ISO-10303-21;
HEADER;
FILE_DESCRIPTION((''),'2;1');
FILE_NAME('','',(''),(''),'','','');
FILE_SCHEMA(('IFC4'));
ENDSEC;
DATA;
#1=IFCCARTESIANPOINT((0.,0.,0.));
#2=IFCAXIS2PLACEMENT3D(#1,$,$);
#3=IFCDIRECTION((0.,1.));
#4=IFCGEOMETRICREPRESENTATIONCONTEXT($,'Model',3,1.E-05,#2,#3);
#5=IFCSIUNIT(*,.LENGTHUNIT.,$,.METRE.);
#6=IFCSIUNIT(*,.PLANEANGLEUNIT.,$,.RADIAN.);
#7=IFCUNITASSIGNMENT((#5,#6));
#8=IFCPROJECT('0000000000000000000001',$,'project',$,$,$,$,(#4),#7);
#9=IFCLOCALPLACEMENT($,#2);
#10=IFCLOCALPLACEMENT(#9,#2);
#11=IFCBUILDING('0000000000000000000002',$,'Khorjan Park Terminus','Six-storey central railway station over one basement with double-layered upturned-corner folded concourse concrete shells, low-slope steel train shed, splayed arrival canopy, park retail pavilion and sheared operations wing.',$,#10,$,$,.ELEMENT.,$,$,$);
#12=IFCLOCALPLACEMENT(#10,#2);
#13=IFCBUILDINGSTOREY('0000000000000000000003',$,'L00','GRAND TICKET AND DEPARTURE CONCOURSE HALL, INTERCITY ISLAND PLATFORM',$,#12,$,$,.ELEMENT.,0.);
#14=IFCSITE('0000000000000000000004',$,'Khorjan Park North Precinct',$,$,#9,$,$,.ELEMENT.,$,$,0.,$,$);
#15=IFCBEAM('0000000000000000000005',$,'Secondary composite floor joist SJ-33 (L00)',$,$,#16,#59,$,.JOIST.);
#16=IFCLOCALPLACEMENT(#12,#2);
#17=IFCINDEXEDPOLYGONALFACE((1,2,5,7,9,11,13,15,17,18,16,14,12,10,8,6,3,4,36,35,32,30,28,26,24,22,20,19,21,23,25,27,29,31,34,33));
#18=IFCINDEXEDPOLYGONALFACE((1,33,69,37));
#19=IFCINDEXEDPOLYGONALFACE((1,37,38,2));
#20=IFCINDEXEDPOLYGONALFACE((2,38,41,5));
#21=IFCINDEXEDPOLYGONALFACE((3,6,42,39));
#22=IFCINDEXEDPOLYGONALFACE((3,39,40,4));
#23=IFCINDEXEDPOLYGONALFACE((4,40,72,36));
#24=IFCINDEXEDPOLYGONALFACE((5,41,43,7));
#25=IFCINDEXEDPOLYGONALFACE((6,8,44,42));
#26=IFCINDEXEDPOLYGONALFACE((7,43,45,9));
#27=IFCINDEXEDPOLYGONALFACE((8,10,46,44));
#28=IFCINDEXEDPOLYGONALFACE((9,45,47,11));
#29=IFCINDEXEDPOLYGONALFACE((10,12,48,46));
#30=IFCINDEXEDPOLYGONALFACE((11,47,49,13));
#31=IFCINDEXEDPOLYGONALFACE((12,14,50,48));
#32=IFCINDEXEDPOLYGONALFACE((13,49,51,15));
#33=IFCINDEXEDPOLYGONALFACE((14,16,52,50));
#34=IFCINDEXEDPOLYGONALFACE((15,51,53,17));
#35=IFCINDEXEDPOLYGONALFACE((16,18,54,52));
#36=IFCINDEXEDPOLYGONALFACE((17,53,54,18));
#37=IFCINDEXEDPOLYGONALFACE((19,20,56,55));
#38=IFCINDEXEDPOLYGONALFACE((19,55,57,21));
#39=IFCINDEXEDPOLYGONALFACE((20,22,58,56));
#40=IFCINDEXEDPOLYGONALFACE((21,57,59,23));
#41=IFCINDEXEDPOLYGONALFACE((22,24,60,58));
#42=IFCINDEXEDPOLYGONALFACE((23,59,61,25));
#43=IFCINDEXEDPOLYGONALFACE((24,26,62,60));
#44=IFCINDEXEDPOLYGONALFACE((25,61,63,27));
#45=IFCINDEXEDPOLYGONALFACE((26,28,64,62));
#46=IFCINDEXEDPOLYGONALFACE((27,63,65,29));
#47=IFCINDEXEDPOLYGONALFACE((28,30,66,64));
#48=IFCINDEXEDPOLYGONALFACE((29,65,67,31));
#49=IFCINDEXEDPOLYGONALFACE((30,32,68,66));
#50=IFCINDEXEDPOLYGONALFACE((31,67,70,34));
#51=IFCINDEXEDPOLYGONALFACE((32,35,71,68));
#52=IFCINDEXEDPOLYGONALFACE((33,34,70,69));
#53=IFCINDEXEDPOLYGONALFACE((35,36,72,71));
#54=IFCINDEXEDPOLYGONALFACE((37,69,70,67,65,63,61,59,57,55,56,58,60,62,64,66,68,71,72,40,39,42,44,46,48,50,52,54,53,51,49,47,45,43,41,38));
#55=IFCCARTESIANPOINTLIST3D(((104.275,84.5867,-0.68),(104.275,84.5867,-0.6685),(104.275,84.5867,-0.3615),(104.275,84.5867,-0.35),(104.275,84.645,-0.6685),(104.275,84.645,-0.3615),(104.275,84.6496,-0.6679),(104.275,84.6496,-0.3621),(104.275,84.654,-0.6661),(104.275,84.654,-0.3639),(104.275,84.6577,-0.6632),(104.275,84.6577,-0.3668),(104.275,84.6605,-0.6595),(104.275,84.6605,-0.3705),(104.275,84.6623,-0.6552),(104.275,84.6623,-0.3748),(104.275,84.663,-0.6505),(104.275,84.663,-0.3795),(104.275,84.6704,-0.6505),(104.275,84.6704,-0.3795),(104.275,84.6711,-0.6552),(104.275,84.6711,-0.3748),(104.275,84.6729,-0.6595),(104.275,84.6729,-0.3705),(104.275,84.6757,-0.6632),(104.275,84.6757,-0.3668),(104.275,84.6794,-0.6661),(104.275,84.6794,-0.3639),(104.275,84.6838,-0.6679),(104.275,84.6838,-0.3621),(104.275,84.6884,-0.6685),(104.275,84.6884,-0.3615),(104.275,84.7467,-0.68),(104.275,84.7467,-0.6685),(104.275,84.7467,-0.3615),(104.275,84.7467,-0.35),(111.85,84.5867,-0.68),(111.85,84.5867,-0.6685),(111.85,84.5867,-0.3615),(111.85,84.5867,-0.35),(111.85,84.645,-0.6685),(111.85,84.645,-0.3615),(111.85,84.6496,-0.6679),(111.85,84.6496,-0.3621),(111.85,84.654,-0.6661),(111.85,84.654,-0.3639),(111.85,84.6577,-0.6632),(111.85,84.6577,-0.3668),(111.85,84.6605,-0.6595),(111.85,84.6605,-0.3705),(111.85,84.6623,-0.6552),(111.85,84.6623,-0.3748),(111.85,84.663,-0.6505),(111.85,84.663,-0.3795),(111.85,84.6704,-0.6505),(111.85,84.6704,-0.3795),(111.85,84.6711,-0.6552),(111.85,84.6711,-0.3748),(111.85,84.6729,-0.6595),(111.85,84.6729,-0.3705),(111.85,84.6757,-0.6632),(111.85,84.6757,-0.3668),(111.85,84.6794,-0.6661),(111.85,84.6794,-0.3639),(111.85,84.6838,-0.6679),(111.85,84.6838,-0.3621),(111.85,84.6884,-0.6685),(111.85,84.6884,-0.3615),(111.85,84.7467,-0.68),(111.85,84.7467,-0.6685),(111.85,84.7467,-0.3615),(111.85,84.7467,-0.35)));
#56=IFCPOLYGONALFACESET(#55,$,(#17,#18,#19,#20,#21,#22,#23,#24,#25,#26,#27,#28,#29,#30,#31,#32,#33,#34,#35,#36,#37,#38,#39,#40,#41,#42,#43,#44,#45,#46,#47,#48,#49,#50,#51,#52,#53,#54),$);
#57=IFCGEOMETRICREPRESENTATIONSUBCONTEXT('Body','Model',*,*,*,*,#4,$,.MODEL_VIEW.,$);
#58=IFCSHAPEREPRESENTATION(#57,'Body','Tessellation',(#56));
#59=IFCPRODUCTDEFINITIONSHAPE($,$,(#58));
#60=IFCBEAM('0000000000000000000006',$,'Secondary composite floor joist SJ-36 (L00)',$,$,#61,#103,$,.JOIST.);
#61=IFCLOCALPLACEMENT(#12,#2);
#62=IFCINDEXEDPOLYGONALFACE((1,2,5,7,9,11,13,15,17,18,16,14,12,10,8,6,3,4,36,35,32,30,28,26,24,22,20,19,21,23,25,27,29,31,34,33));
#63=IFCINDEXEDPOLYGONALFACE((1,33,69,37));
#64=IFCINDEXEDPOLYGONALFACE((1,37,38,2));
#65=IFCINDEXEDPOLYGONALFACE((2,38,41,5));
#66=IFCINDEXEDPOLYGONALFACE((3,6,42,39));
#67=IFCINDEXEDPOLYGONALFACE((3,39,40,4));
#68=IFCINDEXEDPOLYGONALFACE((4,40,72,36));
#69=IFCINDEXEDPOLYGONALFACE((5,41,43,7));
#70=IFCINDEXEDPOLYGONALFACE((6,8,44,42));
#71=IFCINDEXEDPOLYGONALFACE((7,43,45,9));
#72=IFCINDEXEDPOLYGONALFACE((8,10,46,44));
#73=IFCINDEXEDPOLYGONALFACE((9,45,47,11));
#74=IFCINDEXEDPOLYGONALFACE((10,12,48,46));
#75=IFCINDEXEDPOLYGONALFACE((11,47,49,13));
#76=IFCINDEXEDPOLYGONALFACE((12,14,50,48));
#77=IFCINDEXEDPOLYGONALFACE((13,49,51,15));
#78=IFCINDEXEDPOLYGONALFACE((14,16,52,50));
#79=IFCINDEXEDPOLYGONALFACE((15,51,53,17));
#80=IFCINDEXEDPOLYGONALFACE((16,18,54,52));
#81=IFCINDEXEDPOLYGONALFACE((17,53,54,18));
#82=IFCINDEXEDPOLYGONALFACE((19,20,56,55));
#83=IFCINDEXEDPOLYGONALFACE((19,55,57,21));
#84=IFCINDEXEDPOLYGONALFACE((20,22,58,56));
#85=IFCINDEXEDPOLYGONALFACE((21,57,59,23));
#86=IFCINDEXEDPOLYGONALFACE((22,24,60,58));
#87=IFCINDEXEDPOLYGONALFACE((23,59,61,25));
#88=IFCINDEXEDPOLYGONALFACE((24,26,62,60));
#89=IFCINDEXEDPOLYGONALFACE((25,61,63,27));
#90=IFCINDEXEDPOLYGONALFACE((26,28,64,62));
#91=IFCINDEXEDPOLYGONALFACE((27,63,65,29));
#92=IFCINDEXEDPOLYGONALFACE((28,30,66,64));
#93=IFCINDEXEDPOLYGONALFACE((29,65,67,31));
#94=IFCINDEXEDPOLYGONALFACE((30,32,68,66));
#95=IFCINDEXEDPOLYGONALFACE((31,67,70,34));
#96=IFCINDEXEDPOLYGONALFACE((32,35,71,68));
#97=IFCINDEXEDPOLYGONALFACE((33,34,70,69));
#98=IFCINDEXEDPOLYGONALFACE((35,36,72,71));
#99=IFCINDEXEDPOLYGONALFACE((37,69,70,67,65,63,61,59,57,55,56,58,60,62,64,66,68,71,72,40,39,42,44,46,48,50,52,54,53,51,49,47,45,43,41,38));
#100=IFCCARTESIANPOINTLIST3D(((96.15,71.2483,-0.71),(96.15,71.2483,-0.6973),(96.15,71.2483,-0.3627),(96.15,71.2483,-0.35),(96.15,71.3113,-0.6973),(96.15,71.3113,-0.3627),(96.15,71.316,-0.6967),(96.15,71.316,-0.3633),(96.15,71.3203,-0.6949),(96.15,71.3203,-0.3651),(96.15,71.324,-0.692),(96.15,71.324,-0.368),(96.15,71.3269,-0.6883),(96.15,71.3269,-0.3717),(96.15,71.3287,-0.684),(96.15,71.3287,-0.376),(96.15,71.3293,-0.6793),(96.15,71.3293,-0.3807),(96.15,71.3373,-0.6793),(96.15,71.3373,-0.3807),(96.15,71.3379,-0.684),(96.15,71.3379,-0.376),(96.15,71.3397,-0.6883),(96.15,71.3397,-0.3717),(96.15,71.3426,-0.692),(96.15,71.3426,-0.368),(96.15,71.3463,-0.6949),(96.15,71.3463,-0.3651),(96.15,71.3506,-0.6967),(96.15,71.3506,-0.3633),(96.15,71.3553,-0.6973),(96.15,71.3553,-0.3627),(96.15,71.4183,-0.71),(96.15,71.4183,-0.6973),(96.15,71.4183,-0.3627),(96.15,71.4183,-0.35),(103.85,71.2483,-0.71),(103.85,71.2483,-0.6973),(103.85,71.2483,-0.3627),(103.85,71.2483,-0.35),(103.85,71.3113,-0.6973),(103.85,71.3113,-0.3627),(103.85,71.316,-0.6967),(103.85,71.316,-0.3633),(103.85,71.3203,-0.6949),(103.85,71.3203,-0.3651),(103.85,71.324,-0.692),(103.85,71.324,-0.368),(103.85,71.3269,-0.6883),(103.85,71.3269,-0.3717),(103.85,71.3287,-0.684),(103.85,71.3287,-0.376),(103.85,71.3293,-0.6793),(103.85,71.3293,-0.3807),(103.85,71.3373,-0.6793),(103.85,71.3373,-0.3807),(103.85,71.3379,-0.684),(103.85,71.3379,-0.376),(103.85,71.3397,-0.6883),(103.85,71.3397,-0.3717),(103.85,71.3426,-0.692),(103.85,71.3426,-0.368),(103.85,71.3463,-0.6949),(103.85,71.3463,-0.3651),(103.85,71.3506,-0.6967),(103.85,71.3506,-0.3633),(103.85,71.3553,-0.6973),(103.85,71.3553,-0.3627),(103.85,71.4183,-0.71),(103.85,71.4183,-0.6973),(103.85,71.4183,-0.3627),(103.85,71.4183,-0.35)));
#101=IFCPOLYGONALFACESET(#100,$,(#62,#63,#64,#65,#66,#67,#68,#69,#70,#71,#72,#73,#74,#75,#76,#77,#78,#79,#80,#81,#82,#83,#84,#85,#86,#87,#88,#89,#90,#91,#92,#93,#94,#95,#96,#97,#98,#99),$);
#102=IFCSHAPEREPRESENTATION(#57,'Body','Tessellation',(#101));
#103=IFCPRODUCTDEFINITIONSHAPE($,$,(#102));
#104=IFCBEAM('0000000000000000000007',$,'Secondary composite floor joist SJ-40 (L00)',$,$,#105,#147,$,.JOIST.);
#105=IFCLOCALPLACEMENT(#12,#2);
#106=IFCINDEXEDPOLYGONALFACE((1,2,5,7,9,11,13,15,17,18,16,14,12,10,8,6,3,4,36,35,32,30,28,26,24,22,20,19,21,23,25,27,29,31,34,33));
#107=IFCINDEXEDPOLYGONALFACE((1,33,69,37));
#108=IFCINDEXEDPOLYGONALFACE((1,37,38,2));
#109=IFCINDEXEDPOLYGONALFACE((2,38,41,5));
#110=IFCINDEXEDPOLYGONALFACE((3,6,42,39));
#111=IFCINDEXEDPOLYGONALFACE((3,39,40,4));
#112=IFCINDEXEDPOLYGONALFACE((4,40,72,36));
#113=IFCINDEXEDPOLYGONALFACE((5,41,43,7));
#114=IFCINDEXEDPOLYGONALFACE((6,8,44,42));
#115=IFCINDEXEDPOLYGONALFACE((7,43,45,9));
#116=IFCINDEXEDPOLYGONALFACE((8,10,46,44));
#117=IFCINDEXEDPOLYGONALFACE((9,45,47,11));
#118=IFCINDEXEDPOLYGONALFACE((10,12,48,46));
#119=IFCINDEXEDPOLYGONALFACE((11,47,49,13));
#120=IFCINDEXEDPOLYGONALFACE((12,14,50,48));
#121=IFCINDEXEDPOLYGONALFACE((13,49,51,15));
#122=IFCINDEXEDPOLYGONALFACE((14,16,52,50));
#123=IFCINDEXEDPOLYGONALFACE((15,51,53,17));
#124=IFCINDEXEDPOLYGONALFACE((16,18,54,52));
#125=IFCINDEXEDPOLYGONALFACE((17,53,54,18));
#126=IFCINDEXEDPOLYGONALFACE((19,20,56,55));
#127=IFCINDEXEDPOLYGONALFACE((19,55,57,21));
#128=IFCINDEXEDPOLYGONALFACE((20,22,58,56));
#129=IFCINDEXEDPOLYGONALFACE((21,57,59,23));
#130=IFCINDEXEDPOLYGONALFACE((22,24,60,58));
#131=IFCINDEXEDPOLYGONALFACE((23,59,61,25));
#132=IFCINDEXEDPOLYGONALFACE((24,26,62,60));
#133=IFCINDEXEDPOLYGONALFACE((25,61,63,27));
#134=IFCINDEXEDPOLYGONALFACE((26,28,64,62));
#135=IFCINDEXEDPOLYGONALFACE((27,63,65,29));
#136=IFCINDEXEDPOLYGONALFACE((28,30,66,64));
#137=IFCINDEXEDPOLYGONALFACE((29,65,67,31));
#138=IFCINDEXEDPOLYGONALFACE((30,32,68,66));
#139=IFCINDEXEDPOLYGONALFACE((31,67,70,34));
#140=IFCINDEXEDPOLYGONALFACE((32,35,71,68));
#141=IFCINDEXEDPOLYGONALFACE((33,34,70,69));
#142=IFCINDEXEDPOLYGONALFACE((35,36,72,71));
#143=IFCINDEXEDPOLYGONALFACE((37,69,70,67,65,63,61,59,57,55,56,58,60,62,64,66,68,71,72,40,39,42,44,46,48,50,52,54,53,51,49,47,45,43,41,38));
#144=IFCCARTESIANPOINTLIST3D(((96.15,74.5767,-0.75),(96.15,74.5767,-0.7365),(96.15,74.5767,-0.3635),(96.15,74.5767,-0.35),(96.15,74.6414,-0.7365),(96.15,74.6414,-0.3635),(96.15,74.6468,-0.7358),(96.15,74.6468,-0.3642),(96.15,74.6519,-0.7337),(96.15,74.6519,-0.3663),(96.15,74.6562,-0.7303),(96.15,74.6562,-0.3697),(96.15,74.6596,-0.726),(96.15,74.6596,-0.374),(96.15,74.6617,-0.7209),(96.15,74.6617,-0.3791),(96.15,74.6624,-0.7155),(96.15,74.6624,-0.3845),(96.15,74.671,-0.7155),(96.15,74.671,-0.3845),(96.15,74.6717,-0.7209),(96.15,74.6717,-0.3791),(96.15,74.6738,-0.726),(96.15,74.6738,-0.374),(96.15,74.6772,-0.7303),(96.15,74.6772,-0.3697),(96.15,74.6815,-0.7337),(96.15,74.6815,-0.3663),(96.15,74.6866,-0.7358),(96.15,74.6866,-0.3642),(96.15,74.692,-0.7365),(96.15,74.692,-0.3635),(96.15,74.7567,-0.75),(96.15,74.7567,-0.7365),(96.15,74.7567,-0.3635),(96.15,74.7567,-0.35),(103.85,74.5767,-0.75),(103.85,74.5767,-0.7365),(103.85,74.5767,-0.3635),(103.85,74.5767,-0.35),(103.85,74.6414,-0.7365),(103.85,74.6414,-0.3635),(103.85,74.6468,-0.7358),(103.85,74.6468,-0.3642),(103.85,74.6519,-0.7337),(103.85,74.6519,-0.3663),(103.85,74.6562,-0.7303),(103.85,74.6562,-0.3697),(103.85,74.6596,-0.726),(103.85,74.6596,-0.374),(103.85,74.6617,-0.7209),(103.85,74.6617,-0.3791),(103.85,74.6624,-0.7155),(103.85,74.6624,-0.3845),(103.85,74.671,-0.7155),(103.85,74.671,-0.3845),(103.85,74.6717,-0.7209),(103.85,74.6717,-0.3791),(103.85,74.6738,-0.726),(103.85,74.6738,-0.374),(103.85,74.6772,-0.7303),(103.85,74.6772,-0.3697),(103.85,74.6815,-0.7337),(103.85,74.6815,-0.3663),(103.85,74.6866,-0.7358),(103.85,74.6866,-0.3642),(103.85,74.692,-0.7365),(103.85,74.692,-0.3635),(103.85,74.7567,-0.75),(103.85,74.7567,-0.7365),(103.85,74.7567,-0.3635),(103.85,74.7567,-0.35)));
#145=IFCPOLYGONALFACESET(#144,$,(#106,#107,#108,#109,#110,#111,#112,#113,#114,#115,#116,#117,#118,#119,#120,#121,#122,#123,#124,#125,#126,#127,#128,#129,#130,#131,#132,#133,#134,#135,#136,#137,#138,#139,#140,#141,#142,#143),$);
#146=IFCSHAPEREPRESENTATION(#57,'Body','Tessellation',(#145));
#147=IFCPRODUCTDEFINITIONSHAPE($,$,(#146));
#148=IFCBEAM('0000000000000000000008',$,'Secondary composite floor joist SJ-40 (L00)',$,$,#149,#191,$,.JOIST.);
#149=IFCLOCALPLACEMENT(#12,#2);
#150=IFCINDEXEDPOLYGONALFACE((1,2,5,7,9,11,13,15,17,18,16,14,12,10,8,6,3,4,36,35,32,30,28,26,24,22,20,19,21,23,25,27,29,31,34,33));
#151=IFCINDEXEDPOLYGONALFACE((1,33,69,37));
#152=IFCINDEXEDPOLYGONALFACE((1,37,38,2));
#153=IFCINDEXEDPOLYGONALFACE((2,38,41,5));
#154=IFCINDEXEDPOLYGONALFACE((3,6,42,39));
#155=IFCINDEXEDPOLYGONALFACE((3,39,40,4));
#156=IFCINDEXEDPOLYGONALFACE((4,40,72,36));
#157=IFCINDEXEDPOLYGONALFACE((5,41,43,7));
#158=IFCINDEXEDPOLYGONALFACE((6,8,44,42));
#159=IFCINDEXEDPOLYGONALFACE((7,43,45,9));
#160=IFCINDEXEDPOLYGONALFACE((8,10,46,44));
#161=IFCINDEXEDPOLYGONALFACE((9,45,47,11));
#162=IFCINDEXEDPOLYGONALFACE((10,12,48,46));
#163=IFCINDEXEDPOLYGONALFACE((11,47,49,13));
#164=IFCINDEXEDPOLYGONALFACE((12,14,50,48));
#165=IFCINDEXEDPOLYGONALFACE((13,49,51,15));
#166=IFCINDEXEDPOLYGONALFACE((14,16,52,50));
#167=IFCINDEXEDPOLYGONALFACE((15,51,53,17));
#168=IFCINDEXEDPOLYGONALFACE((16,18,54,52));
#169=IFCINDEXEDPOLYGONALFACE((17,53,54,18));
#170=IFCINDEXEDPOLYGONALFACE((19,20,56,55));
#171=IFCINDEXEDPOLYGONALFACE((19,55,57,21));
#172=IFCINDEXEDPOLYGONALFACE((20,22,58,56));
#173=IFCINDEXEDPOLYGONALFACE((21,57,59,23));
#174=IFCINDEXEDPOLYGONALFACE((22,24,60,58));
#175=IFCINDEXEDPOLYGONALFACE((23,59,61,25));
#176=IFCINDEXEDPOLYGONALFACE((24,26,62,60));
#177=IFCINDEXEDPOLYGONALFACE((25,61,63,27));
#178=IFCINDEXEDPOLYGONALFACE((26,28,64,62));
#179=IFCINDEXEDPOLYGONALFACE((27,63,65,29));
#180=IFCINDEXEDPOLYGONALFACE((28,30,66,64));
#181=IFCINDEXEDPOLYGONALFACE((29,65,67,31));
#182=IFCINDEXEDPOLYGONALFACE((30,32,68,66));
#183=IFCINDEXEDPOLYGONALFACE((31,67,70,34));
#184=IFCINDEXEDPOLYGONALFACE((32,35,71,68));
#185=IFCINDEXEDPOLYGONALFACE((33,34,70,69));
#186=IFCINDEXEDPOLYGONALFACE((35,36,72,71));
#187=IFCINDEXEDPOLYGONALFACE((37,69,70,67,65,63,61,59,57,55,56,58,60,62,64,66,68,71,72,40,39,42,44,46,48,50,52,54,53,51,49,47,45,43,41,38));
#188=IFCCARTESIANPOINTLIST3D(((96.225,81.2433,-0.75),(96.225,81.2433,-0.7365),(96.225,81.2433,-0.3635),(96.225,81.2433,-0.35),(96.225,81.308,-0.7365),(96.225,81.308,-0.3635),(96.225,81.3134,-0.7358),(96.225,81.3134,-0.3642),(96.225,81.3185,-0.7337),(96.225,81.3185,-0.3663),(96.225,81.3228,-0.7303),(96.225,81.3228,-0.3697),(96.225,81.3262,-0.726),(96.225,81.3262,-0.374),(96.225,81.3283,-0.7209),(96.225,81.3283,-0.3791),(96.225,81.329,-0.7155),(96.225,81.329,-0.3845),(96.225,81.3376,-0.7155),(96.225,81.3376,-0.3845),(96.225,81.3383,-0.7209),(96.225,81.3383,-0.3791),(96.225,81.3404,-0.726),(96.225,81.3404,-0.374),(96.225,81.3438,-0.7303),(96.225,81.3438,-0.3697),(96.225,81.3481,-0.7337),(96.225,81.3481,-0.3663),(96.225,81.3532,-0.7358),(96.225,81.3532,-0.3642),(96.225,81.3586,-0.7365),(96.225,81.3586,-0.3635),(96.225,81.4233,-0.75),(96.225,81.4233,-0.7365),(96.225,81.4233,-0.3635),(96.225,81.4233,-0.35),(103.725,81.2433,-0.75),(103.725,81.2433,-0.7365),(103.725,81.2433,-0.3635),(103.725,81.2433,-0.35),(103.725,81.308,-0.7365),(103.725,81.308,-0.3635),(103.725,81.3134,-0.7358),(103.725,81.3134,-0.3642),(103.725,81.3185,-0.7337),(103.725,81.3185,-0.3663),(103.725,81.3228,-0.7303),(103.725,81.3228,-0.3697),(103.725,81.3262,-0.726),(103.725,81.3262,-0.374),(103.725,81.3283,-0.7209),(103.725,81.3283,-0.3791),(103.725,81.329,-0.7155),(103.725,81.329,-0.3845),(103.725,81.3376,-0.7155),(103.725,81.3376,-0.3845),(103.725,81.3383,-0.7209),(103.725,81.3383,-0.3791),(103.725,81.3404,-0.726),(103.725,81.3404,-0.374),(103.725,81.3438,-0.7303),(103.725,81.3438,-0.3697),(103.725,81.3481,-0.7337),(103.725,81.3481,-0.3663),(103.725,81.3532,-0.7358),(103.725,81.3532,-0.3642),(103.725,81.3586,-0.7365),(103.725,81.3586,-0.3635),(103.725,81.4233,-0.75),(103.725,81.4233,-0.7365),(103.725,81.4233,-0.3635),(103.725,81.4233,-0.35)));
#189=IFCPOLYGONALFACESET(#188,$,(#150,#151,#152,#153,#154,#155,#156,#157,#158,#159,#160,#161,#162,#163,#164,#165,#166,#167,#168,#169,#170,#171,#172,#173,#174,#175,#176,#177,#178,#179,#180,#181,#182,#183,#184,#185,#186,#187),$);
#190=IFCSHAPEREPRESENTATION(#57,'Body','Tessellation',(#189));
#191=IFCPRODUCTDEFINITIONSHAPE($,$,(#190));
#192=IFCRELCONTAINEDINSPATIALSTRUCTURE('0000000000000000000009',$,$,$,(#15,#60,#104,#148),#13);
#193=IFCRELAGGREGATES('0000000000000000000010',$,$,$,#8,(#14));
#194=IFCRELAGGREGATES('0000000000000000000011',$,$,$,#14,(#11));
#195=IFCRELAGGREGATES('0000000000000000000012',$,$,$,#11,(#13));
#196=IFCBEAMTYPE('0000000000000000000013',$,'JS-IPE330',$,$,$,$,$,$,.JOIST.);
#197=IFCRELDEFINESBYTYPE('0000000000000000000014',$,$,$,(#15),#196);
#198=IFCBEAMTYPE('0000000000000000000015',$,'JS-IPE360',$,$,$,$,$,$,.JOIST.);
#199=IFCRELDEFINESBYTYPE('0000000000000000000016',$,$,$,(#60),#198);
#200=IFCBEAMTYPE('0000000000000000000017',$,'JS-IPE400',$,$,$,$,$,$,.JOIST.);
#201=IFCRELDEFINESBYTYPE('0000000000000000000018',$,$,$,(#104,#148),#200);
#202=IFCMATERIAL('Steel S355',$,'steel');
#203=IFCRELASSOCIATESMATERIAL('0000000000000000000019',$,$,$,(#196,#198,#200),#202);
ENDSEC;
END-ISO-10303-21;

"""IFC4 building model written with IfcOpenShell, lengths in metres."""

from ifc_helpers import new_model, si_unit, direction, frame, origin, origin_2d, place, context, subcontext, project, spatial, i_section, extrude, material, material_profile, profile_set, type_object, element, save


model = new_model("IFC4")

# Units and contexts
model_context = context("Model", 3, precision=1e-05, world=origin(), true_north=direction((0.0, 1.0)))
body_context = subcontext(model_context, "Body", "Model", "MODEL_VIEW")
ifc_project = project(units=[si_unit("LENGTHUNIT", "METRE"), si_unit("PLANEANGLEUNIT", "RADIAN")], contexts=[model_context])

# Site, building, storey
site_placement = place(None, origin())
site = spatial("IfcSite", under=ifc_project, at=site_placement, Name="Khorjan Park North Precinct", CompositionType="ELEMENT", RefElevation=0.0)
building_placement = place(site_placement, origin())
building = spatial("IfcBuilding", under=site, at=building_placement, Name="Khorjan Park Terminus", Description="Six-storey central railway station over one basement with double-layered upturned-corner folded concourse concrete shells, low-slope steel train shed, splayed arrival canopy, park retail pavilion and sheared operations wing.", CompositionType="ELEMENT")
storey_placement = place(building_placement, origin())
storey = spatial("IfcBuildingStorey", under=building, at=storey_placement, Name="L00", Description="GRAND TICKET AND DEPARTURE CONCOURSE HALL, INTERCITY ISLAND PLATFORM", CompositionType="ELEMENT", Elevation=0.0)

# Beams
ifc_material_1 = material(Name="Steel S355", Category="steel")
ifc_material_profile_1 = material_profile(ifc_material_1, i_section(OverallWidth=0.16, OverallDepth=0.33, WebThickness=0.0075, FlangeThickness=0.0115, FilletRadius=0.018, at=origin_2d()), Name="IPE 330")
ifc_profile_set_1 = profile_set([ifc_material_profile_1], Name="Steel S355")
beam_type_1 = type_object("IfcBeamType", Name="JS-IPE330", PredefinedType="JOIST", material=ifc_profile_set_1)
beam_1_placement = place(storey_placement, frame((104.275, 84.6667, -0.515), z_axis=(1.0, 0.0, 0.0), x_axis=(0.0, 1.0, 0.0)))
element("IfcBeam", 1, at=beam_1_placement, inside=storey, type_object=beam_type_1, Name="Secondary composite floor joist SJ-33 (L00)", PredefinedType="JOIST", context=body_context, shape_type="SweptSolid", body=[
    extrude(i_section(OverallWidth=0.16, OverallDepth=0.33, WebThickness=0.0075, FlangeThickness=0.0115, FilletRadius=0.018, at=origin_2d()), origin(), (0.0, 0.0, 1.0), 7.575),
])
ifc_material_profile_2 = material_profile(ifc_material_1, i_section(OverallWidth=0.17, OverallDepth=0.36, WebThickness=0.008, FlangeThickness=0.0127, FilletRadius=0.018, at=origin_2d()), Name="IPE 360")
ifc_profile_set_2 = profile_set([ifc_material_profile_2], Name="Steel S355")
beam_type_2 = type_object("IfcBeamType", Name="JS-IPE360", PredefinedType="JOIST", material=ifc_profile_set_2)
beam_2_placement = place(storey_placement, frame((96.15, 71.3333, -0.53), z_axis=(1.0, 0.0, 0.0), x_axis=(0.0, 1.0, 0.0)))
element("IfcBeam", 2, at=beam_2_placement, inside=storey, type_object=beam_type_2, Name="Secondary composite floor joist SJ-36 (L00)", PredefinedType="JOIST", context=body_context, shape_type="SweptSolid", body=[
    extrude(i_section(OverallWidth=0.17, OverallDepth=0.36, WebThickness=0.008, FlangeThickness=0.0127, FilletRadius=0.018, at=origin_2d()), origin(), (0.0, 0.0, 1.0), 7.7),
])
ifc_material_profile_3 = material_profile(ifc_material_1, i_section(OverallWidth=0.18, OverallDepth=0.4, WebThickness=0.0086, FlangeThickness=0.0135, FilletRadius=0.021, at=origin_2d()), Name="IPE 400")
ifc_profile_set_3 = profile_set([ifc_material_profile_3], Name="Steel S355")
beam_type_3 = type_object("IfcBeamType", Name="JS-IPE400", PredefinedType="JOIST", material=ifc_profile_set_3)
beam_3_placement = place(storey_placement, frame((96.15, 74.6667, -0.55), z_axis=(1.0, 0.0, 0.0), x_axis=(0.0, 1.0, 0.0)))
element("IfcBeam", 3, at=beam_3_placement, inside=storey, type_object=beam_type_3, Name="Secondary composite floor joist SJ-40 (L00)", PredefinedType="JOIST", context=body_context, shape_type="SweptSolid", body=[
    extrude(i_section(OverallWidth=0.18, OverallDepth=0.4, WebThickness=0.0086, FlangeThickness=0.0135, FilletRadius=0.021, at=origin_2d()), origin(), (0.0, 0.0, 1.0), 7.7),
])
beam_4_placement = place(storey_placement, frame((96.225, 81.3333, -0.55), z_axis=(1.0, 0.0, 0.0), x_axis=(0.0, 1.0, 0.0)))
element("IfcBeam", 4, at=beam_4_placement, inside=storey, type_object=beam_type_3, Name="Secondary composite floor joist SJ-40 (L00)", PredefinedType="JOIST", context=body_context, shape_type="SweptSolid", body=[
    extrude(i_section(OverallWidth=0.18, OverallDepth=0.4, WebThickness=0.0086, FlangeThickness=0.0135, FilletRadius=0.021, at=origin_2d()), origin(), (0.0, 0.0, 1.0), 7.5),
])

save(model, "model.ifc")
